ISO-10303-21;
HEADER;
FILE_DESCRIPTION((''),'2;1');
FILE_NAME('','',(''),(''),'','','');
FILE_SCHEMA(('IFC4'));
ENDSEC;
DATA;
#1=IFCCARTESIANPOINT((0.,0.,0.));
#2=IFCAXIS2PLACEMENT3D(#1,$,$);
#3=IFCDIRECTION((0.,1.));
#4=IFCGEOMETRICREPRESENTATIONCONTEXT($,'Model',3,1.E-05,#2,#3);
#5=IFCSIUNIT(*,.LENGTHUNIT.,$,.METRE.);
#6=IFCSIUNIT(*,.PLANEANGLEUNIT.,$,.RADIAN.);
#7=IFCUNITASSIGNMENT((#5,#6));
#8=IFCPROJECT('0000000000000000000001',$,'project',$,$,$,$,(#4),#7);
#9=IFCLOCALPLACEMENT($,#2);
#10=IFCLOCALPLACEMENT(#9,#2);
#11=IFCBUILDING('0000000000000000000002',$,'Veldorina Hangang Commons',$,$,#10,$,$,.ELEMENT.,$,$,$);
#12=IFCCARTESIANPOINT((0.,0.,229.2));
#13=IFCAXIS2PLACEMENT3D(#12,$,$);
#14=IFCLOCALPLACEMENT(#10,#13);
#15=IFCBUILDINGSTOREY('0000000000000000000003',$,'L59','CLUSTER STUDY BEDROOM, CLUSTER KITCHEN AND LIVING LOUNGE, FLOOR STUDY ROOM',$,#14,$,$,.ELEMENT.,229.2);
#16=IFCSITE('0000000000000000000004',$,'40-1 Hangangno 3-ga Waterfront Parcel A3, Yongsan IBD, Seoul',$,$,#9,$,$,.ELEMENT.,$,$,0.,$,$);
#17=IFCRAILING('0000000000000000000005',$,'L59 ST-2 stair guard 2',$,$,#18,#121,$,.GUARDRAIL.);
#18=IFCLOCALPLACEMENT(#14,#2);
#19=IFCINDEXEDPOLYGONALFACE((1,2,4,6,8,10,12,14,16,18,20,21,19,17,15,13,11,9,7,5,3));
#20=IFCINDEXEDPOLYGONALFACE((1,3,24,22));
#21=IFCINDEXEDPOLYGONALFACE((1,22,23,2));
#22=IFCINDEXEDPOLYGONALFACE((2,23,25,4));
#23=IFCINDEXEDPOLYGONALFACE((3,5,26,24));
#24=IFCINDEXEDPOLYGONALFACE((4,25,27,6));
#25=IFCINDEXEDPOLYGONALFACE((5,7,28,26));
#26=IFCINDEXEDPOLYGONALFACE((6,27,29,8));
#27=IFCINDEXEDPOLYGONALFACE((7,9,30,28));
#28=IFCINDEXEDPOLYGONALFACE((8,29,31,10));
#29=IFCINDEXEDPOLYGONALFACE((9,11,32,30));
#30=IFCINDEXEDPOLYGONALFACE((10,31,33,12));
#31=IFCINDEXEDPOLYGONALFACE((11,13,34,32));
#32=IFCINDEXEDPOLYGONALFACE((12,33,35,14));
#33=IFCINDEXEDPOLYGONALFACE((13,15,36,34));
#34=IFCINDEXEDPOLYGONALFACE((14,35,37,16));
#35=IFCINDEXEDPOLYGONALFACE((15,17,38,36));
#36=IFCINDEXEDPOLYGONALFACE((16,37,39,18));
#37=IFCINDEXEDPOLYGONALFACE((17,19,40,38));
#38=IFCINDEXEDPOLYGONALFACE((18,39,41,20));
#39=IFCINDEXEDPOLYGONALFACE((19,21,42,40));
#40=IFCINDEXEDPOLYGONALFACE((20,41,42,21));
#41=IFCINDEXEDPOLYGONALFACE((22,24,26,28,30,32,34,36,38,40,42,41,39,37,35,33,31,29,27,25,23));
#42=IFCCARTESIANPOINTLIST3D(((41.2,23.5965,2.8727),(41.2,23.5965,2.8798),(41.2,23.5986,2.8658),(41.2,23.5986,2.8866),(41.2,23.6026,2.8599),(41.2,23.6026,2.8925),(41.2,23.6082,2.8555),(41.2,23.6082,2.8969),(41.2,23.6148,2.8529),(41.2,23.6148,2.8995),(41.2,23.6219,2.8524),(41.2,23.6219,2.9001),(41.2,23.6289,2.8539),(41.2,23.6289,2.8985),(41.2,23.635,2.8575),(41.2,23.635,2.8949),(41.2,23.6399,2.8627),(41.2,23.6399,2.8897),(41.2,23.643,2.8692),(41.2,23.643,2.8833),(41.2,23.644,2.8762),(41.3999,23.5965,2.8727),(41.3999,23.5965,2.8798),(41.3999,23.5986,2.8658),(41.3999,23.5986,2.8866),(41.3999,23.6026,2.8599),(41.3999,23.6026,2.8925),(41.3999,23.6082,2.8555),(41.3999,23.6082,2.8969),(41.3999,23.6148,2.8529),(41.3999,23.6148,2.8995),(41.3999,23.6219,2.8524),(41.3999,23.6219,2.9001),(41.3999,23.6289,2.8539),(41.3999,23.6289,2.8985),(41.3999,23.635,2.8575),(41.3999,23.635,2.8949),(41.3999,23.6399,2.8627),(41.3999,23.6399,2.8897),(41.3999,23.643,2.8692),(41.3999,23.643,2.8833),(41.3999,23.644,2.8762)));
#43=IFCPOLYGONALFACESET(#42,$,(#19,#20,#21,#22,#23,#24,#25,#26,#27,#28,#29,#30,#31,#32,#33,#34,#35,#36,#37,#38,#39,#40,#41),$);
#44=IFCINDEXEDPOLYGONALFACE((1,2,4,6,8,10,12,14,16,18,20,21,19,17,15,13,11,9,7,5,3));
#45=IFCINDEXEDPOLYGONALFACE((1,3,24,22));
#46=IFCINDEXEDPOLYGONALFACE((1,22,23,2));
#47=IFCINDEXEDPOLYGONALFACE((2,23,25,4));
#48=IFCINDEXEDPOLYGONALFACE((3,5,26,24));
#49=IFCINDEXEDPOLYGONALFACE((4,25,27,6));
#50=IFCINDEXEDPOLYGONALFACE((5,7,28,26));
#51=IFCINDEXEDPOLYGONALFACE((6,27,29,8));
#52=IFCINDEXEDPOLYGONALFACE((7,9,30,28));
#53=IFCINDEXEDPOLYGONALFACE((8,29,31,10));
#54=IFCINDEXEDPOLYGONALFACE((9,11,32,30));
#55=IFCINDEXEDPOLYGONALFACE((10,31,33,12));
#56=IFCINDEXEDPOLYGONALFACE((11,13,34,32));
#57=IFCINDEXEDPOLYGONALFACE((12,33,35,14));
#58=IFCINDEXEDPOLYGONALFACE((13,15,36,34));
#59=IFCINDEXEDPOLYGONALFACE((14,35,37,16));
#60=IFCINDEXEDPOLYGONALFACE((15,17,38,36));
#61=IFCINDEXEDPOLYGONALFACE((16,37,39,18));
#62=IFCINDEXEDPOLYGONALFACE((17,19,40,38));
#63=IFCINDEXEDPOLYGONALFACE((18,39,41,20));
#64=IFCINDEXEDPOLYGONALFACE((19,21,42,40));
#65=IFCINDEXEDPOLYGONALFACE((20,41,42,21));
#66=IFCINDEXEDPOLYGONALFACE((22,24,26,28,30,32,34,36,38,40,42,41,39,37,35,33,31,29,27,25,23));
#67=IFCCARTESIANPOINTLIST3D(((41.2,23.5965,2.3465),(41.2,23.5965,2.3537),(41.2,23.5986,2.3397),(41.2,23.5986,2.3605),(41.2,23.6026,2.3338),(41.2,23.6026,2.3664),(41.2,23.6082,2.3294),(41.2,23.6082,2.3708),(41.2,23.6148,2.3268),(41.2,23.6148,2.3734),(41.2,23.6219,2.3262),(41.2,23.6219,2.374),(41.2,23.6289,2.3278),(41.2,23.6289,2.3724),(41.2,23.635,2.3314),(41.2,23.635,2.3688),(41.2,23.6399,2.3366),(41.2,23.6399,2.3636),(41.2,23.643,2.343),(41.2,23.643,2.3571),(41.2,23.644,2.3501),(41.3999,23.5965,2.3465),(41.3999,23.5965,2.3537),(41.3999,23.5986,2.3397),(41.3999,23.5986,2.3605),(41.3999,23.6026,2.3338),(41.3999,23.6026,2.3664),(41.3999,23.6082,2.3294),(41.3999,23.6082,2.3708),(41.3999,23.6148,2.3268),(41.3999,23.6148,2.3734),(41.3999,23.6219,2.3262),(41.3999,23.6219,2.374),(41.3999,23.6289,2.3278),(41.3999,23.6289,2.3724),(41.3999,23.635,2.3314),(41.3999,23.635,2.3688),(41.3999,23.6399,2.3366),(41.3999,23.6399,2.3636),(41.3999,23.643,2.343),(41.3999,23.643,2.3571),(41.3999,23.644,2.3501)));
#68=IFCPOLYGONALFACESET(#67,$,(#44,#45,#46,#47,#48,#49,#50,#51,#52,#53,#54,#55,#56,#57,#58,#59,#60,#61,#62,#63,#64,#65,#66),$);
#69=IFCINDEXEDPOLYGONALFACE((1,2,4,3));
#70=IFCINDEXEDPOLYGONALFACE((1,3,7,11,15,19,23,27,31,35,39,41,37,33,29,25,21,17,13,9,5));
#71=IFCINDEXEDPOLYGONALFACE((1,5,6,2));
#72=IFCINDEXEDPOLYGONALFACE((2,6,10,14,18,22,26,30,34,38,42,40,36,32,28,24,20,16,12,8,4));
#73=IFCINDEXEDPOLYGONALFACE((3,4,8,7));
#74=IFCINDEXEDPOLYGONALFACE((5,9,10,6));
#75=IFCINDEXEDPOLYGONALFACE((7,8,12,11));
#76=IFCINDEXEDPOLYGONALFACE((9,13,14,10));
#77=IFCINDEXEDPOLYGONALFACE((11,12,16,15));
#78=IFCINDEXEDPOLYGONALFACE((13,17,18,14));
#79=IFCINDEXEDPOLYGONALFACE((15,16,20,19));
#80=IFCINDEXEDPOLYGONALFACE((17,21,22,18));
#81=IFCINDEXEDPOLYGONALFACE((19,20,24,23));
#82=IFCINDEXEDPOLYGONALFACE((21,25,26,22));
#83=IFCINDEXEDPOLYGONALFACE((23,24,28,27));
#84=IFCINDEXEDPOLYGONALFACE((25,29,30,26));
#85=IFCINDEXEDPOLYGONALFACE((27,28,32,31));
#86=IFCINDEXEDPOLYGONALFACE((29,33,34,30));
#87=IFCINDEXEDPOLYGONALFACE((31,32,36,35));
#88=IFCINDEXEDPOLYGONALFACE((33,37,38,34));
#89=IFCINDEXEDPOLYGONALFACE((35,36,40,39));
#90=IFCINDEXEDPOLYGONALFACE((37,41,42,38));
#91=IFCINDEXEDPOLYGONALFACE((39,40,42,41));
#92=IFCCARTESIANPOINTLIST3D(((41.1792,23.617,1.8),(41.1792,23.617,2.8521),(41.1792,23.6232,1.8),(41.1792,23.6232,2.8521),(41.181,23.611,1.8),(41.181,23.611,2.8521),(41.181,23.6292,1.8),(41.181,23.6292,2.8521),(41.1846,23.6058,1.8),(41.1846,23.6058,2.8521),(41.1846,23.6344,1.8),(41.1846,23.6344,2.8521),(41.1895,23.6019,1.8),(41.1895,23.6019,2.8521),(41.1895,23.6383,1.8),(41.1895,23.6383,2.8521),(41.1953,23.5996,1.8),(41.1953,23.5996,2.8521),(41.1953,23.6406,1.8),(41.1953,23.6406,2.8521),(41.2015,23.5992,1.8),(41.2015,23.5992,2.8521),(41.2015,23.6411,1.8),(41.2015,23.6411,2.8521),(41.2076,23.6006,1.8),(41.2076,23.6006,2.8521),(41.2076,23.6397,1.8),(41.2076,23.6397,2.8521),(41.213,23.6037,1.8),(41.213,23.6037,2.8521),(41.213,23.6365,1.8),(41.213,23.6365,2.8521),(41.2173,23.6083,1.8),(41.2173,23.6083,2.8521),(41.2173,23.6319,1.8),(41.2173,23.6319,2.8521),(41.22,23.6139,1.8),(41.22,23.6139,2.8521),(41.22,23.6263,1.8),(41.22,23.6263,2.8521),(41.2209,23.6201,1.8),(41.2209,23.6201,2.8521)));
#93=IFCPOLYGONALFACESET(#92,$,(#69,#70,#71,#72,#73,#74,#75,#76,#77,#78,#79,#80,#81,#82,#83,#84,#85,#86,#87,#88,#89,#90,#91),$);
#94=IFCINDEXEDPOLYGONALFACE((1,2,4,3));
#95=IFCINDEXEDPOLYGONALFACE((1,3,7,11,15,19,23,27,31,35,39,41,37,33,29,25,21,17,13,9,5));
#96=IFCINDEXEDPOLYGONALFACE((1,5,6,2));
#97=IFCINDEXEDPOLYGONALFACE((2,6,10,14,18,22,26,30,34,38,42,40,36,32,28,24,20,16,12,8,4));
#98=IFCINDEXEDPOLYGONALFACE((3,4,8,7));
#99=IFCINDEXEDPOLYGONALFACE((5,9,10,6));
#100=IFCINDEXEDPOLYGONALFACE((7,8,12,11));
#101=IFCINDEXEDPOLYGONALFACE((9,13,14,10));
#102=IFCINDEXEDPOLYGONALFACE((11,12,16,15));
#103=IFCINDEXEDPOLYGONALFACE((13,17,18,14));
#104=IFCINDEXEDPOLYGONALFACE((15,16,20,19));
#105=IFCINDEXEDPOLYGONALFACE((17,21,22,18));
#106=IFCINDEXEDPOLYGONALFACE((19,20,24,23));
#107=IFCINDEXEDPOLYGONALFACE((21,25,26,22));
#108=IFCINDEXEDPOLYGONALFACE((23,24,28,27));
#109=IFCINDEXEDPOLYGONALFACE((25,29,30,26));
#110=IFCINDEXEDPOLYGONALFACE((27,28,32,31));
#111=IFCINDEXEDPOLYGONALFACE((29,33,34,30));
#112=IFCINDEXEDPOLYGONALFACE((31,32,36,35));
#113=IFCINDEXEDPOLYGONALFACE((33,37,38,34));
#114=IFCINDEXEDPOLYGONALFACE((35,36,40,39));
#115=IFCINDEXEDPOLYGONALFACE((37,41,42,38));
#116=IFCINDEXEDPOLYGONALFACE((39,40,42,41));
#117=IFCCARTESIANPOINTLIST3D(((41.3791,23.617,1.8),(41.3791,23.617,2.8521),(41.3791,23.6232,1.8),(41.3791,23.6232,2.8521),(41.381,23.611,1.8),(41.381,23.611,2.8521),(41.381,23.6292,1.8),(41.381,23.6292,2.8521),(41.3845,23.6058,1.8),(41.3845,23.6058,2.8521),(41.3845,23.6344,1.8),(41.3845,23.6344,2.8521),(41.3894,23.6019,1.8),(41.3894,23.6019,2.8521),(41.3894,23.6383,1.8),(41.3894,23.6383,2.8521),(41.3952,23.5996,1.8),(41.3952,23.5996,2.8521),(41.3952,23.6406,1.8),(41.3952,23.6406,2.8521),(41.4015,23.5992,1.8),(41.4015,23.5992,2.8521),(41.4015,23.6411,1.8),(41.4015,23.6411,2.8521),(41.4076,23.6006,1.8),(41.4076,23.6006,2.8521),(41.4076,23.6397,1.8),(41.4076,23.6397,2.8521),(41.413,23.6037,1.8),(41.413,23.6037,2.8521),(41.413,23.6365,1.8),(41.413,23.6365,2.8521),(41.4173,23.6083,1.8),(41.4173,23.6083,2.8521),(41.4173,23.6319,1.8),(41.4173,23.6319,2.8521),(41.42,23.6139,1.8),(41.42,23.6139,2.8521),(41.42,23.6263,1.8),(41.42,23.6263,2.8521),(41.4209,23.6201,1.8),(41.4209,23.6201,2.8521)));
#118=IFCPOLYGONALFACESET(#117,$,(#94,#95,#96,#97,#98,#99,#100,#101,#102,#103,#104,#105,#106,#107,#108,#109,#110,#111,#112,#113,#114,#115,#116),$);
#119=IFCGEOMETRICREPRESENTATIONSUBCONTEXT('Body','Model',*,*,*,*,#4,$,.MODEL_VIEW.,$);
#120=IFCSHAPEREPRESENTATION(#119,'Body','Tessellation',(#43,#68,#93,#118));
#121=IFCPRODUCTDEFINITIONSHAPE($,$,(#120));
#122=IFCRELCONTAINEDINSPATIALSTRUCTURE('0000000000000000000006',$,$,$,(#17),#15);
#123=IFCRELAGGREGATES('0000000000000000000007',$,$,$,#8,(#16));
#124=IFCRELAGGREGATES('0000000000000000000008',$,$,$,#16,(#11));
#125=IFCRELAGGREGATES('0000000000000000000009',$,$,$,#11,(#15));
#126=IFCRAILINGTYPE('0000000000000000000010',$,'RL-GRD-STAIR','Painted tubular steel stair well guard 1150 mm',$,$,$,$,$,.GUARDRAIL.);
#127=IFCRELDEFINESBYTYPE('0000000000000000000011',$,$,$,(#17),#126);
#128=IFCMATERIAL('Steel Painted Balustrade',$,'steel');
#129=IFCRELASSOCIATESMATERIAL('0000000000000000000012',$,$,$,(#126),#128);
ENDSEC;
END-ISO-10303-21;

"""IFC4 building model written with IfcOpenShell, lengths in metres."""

from ifc_helpers import new_model, si_unit, direction, frame, origin, origin_2d, place, context, subcontext, project, spatial, circle, extrude, material, type_object, element, save


model = new_model("IFC4")

# Units and contexts
model_context = context("Model", 3, precision=1e-05, world=origin(), true_north=direction((0.0, 1.0)))
body_context = subcontext(model_context, "Body", "Model", "MODEL_VIEW")
ifc_project = project(units=[si_unit("LENGTHUNIT", "METRE"), si_unit("PLANEANGLEUNIT", "RADIAN")], contexts=[model_context])

# Site, building, storey
site_placement = place(None, origin())
site = spatial("IfcSite", under=ifc_project, at=site_placement, Name="40-1 Hangangno 3-ga Waterfront Parcel A3, Yongsan IBD, Seoul", CompositionType="ELEMENT", RefElevation=0.0)
building_placement = place(site_placement, origin())
building = spatial("IfcBuilding", under=site, at=building_placement, Name="Veldorina Hangang Commons", CompositionType="ELEMENT")
storey_placement = place(building_placement, frame((0.0, 0.0, 229.2)))
storey = spatial("IfcBuildingStorey", under=building, at=storey_placement, Name="L59", Description="CLUSTER STUDY BEDROOM, CLUSTER KITCHEN AND LIVING LOUNGE, FLOOR STUDY ROOM", CompositionType="ELEMENT", Elevation=229.2)

# Railing
ifc_material_1 = material(Name="Steel Painted Balustrade", Category="steel")
railing_type_1 = type_object("IfcRailingType", Name="RL-GRD-STAIR", Description="Painted tubular steel stair well guard 1150 mm", PredefinedType="GUARDRAIL", material=ifc_material_1)
railing_1_placement = place(storey_placement, frame((41.2, 23.6201, 1.8)))
element("IfcRailing", 1, at=railing_1_placement, inside=storey, type_object=railing_type_1, Name="L59 ST-2 stair guard 2", PredefinedType="GUARDRAIL", context=body_context, shape_type="SweptSolid", body=[
    extrude(circle(Radius=0.0239, at=origin_2d()), frame((0.0, 0.0, 1.0762), z_axis=(1.0, 0.0, 0.0), x_axis=(0.0, 1.0, 0.0)), (0.0, 0.0, 1.0), 0.2),
    extrude(circle(Radius=0.0239, at=origin_2d()), frame((0.0, 0.0, 0.55), z_axis=(1.0, 0.0, 0.0), x_axis=(0.0, 1.0, 0.0)), (0.0, 0.0, 1.0), 0.2),
    extrude(circle(Radius=0.021, at=origin_2d()), origin(), (0.0, 0.0, 1.0), 1.052),
    extrude(circle(Radius=0.021, at=origin_2d()), frame((0.2, 0.0, 0.0)), (0.0, 0.0, 1.0), 1.052),
])

save(model, "model.ifc")
